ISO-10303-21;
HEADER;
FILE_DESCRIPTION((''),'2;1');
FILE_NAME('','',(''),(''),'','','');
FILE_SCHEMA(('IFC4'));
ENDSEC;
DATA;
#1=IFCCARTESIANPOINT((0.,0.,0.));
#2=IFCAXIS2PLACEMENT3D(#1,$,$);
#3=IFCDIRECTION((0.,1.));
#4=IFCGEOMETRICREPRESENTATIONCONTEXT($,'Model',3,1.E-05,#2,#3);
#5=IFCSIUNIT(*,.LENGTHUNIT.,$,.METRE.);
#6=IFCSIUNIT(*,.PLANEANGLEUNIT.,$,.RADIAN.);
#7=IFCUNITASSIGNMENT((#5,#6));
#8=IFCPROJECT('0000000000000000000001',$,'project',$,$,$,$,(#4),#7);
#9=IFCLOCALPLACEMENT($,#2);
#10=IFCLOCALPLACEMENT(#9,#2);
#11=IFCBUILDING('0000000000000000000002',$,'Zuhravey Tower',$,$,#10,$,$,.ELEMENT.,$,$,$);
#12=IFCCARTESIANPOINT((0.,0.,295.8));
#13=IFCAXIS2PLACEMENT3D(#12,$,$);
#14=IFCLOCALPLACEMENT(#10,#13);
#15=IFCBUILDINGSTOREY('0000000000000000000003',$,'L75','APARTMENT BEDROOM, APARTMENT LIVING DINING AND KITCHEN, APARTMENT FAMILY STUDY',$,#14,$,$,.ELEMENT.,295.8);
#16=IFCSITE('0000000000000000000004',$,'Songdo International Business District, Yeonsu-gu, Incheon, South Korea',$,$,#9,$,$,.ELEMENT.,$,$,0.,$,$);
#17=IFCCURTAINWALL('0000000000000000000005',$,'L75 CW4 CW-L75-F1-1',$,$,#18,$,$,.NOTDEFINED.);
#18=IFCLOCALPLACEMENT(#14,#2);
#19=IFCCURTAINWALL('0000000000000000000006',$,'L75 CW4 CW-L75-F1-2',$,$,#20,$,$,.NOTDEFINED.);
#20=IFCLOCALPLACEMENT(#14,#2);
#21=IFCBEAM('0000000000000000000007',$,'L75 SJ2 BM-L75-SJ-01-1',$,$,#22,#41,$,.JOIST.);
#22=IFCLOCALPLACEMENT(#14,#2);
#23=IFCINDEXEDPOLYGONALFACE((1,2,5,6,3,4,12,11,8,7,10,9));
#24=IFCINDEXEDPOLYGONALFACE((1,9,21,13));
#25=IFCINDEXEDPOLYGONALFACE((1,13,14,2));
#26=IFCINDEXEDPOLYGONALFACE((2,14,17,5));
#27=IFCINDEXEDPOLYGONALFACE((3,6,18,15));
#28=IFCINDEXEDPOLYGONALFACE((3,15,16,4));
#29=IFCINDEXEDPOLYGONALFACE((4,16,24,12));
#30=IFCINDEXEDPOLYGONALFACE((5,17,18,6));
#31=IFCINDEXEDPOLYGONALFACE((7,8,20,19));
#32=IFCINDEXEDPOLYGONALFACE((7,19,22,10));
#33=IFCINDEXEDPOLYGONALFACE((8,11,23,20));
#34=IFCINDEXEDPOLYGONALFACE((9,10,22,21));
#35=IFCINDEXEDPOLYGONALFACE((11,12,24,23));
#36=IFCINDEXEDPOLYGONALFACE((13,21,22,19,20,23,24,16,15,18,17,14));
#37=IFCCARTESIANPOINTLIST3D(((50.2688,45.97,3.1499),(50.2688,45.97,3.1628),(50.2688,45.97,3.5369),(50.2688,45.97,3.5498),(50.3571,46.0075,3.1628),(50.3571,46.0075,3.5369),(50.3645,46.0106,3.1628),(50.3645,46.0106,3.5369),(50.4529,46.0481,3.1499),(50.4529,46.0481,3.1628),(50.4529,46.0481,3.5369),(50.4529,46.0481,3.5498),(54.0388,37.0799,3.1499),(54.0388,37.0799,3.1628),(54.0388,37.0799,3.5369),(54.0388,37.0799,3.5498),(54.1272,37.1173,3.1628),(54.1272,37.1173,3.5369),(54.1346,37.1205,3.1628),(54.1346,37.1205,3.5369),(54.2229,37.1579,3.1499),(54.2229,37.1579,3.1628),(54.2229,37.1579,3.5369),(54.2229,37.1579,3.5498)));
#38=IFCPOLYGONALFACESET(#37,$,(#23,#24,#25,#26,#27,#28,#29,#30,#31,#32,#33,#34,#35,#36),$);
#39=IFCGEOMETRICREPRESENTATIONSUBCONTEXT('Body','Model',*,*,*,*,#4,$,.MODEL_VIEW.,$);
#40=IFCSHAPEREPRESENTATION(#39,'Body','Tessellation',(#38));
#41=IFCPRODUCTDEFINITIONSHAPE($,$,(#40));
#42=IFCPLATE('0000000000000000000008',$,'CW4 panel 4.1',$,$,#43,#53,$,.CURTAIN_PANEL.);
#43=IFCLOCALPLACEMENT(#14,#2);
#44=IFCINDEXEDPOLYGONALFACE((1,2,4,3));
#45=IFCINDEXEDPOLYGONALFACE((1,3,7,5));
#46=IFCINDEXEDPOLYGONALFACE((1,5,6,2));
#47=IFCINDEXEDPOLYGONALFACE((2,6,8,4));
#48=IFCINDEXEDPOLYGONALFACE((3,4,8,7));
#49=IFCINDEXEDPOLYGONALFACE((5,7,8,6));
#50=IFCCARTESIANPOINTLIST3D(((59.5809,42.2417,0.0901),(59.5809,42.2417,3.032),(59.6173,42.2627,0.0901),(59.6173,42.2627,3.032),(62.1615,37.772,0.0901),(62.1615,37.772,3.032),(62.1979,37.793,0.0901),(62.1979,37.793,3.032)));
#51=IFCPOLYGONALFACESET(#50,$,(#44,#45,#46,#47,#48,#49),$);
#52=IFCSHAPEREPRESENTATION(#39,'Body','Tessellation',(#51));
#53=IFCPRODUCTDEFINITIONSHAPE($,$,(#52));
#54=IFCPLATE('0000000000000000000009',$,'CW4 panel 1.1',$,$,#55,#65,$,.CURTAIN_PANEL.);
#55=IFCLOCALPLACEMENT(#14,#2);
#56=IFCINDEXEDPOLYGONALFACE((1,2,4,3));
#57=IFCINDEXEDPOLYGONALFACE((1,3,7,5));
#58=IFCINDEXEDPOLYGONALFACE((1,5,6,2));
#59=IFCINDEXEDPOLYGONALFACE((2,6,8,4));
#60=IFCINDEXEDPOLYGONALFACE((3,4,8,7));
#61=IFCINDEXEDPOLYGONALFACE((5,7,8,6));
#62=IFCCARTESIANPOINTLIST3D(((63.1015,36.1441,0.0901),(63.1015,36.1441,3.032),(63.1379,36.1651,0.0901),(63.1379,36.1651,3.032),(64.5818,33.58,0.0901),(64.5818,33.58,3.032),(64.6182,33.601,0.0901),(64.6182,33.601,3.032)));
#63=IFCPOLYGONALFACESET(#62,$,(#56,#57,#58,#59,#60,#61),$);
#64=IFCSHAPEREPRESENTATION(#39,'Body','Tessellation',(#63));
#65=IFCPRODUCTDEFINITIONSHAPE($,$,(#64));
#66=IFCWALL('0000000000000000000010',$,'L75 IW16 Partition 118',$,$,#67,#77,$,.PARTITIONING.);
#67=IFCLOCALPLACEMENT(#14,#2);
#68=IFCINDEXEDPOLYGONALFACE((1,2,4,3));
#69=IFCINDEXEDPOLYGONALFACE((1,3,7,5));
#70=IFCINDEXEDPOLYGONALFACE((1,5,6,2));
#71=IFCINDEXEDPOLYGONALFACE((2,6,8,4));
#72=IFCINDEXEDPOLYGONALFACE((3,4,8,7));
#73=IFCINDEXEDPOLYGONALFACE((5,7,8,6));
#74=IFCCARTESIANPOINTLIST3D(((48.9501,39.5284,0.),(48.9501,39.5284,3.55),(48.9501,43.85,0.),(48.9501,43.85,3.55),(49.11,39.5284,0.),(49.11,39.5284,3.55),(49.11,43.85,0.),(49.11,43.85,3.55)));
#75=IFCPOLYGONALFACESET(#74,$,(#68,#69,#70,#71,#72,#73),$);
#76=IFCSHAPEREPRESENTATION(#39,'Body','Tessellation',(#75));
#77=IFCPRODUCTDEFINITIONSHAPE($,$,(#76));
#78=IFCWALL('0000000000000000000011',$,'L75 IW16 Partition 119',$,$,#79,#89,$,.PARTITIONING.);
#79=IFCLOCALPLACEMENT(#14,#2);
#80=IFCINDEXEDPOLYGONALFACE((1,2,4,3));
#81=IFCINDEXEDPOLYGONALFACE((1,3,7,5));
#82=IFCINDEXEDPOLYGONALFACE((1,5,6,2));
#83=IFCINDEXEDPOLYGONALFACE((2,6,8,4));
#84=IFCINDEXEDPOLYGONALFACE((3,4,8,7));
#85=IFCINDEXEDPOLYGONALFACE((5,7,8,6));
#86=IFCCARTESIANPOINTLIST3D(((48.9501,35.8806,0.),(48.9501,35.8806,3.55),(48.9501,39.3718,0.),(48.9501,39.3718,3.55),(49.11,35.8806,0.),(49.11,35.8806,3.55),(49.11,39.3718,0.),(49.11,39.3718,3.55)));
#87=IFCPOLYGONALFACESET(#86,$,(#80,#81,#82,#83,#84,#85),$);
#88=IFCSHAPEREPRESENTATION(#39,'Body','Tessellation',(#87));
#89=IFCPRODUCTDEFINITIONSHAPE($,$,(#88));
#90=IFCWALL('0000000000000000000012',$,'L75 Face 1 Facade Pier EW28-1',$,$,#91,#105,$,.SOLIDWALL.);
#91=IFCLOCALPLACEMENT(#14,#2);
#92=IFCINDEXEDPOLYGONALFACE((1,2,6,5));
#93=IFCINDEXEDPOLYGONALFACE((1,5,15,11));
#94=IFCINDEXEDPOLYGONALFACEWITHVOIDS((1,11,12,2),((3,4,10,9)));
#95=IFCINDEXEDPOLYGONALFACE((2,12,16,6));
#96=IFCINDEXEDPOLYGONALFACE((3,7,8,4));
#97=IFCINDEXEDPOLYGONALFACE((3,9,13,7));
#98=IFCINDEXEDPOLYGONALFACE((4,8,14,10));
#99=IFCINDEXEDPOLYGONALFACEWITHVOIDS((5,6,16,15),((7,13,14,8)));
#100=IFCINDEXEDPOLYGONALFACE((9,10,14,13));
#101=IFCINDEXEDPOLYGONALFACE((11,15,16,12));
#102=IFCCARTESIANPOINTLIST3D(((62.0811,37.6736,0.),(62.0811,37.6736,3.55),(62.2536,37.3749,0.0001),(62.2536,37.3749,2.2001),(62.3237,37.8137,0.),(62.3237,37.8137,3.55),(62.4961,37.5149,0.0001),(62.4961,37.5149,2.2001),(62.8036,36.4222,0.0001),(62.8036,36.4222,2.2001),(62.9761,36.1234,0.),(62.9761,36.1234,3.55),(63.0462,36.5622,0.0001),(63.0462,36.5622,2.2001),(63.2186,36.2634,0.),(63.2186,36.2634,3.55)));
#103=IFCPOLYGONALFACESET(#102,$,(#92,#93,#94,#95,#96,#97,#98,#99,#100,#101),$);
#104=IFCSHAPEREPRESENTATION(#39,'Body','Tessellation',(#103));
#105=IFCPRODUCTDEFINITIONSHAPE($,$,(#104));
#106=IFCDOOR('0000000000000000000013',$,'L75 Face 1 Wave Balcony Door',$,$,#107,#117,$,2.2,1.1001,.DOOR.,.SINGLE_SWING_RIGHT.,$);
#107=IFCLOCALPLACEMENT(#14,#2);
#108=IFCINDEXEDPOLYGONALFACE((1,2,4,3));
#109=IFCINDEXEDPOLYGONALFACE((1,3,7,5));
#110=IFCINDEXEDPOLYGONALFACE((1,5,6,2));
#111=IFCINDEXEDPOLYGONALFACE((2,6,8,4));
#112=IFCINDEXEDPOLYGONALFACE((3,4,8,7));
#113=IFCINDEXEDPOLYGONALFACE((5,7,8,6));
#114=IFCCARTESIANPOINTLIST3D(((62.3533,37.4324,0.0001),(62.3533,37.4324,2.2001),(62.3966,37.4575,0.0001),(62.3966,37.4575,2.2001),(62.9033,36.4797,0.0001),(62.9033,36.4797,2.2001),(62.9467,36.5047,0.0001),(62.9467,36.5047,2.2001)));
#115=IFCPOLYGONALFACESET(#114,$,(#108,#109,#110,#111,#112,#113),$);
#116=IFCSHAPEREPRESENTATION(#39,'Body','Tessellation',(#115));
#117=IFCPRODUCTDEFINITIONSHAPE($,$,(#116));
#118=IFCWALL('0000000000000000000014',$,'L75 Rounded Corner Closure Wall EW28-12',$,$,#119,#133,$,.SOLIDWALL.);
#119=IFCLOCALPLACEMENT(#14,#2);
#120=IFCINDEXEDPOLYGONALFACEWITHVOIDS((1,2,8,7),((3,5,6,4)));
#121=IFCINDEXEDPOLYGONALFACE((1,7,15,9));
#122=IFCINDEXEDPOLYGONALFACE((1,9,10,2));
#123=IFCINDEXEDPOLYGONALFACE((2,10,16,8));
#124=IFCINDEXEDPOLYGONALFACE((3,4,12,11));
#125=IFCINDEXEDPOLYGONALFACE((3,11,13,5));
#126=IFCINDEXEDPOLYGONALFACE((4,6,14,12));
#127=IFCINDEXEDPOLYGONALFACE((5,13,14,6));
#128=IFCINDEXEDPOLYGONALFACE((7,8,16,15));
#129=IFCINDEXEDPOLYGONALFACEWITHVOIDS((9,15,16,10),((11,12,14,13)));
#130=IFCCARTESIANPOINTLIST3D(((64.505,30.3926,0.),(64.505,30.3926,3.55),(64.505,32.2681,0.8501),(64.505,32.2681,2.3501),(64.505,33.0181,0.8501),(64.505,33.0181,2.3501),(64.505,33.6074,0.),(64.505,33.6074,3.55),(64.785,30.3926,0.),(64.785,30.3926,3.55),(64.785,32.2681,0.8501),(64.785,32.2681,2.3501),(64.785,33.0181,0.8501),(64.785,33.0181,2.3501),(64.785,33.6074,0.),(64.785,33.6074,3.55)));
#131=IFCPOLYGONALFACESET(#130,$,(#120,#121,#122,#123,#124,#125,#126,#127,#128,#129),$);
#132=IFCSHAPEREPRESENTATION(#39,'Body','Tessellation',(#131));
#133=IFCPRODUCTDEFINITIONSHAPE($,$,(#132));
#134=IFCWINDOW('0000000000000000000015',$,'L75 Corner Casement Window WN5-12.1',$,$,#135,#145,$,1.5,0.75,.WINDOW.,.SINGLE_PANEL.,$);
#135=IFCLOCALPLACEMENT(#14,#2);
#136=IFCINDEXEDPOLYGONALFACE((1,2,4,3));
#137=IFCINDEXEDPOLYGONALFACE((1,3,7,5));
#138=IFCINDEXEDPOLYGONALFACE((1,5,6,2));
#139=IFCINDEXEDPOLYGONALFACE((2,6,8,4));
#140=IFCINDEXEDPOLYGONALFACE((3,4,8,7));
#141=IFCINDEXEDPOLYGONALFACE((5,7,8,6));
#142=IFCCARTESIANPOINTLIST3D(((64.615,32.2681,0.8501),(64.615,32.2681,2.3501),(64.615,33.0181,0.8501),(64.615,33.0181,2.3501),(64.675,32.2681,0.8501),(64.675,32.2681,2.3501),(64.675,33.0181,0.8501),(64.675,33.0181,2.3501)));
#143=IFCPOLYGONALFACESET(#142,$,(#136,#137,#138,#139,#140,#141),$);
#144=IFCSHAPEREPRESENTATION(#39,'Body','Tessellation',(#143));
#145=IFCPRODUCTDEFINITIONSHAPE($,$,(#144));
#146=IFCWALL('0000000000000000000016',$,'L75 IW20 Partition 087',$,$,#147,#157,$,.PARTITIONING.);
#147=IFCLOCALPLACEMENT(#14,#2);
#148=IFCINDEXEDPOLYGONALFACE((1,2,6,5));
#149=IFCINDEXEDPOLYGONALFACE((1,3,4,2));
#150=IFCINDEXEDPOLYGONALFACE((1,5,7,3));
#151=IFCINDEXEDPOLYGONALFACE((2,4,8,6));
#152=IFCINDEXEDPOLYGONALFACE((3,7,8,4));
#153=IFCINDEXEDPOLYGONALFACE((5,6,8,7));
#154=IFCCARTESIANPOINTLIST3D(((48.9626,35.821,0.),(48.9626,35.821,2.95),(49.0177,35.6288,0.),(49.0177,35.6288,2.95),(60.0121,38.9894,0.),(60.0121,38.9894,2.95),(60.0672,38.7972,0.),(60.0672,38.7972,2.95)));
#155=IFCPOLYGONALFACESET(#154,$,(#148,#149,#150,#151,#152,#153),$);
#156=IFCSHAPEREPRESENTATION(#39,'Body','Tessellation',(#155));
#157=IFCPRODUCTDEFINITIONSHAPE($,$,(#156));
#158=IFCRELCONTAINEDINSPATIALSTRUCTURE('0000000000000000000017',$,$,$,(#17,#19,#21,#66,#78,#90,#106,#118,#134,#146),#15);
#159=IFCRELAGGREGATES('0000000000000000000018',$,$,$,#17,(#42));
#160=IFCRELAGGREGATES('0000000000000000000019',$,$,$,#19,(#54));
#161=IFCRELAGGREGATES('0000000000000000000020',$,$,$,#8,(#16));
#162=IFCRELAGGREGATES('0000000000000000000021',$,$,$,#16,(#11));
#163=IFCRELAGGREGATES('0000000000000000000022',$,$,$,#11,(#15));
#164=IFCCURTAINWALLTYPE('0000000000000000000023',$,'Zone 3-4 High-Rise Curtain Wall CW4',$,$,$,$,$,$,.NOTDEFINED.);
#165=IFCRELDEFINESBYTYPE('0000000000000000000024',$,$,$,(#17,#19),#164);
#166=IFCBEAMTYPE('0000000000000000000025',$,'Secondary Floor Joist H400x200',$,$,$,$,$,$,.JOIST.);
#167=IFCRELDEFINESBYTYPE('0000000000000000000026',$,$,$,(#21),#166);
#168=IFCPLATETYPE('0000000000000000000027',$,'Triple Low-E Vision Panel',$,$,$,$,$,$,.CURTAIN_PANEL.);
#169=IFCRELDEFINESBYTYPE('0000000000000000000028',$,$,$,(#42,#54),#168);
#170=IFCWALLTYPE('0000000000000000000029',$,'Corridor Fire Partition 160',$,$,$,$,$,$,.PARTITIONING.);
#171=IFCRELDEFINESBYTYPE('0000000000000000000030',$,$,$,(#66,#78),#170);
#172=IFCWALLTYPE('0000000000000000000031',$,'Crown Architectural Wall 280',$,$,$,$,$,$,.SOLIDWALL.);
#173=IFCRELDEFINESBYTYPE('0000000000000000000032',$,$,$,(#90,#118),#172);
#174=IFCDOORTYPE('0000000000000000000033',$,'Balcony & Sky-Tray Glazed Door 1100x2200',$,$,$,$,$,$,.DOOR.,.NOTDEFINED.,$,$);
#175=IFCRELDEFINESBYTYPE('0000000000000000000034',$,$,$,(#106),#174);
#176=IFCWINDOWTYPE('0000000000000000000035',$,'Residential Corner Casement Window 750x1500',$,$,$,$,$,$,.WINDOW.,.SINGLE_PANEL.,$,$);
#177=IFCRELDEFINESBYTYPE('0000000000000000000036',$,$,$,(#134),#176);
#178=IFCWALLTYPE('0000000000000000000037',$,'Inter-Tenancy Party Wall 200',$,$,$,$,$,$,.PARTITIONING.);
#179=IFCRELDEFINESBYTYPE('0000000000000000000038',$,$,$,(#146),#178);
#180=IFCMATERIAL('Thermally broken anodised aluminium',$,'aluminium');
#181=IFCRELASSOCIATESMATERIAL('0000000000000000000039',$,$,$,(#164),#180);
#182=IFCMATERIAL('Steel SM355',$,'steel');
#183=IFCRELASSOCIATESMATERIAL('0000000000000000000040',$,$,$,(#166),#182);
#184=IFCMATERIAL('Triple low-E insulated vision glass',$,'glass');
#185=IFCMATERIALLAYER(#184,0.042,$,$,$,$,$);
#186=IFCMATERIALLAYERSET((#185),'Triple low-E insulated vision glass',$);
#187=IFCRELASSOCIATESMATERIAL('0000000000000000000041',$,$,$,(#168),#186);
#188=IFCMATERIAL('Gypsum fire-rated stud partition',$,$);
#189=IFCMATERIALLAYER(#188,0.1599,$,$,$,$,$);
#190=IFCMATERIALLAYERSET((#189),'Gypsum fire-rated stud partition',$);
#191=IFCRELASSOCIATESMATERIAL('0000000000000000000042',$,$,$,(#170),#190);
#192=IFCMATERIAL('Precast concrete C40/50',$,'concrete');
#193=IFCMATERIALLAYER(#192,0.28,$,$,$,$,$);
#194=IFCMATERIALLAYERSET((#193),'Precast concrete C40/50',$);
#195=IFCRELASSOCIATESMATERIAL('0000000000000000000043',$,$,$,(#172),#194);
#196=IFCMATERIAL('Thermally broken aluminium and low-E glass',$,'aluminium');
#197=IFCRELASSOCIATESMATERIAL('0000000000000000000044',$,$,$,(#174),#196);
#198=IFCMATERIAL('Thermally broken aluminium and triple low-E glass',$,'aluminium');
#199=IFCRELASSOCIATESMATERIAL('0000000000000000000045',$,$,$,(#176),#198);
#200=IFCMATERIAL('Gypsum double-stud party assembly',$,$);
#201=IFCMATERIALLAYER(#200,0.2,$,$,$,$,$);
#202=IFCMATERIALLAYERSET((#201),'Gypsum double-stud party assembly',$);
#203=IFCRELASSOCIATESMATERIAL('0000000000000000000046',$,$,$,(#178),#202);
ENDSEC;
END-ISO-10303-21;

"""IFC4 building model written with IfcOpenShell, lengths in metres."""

from ifc_helpers import new_model, si_unit, direction, frame, frame_2d, origin, origin_2d, place, context, subcontext, project, spatial, rectangle, i_section, extrude, material, layer, layer_set, material_profile, profile_set, type_object, element, fill, aggregate, save


model = new_model("IFC4")

# Units and contexts
model_context = context("Model", 3, precision=1e-05, world=origin(), true_north=direction((0.0, 1.0)))
body_context = subcontext(model_context, "Body", "Model", "MODEL_VIEW")
ifc_project = project(units=[si_unit("LENGTHUNIT", "METRE"), si_unit("PLANEANGLEUNIT", "RADIAN")], contexts=[model_context])

# Site, building, storey
site_placement = place(None, origin())
site = spatial("IfcSite", under=ifc_project, at=site_placement, Name="Songdo International Business District, Yeonsu-gu, Incheon, South Korea", CompositionType="ELEMENT", RefElevation=0.0)
building_placement = place(site_placement, origin())
building = spatial("IfcBuilding", under=site, at=building_placement, Name="Zuhravey Tower", CompositionType="ELEMENT")
storey_placement = place(building_placement, frame((0.0, 0.0, 295.8)))
storey = spatial("IfcBuildingStorey", under=building, at=storey_placement, Name="L75", Description="APARTMENT BEDROOM, APARTMENT LIVING DINING AND KITCHEN, APARTMENT FAMILY STUDY", CompositionType="ELEMENT", Elevation=295.8)

# Curtain wall
ifc_material_1 = material(Name="Thermally broken anodised aluminium", Category="aluminium")
curtain_wall_type = type_object("IfcCurtainWallType", Name="Zone 3-4 High-Rise Curtain Wall CW4", PredefinedType="NOTDEFINED", material=ifc_material_1)
curtain_wall_1_placement = place(storey_placement, origin())
curtain_wall_1 = element("IfcCurtainWall", 1, at=curtain_wall_1_placement, inside=storey, type_object=curtain_wall_type, Name="L75 CW4 CW-L75-F1-1", PredefinedType="NOTDEFINED")

# Curtain wall
curtain_wall_2_placement = place(storey_placement, origin())
curtain_wall_2 = element("IfcCurtainWall", 2, at=curtain_wall_2_placement, inside=storey, type_object=curtain_wall_type, Name="L75 CW4 CW-L75-F1-2", PredefinedType="NOTDEFINED")

# Beam
ifc_material_2 = material(Name="Steel SM355", Category="steel")
ifc_material_profile_1 = material_profile(ifc_material_2, i_section(OverallWidth=0.2, OverallDepth=0.3999, WebThickness=0.0081, FlangeThickness=0.0129, at=origin_2d()), Name="H-400x200x8x13")
ifc_profile_set_1 = profile_set([ifc_material_profile_1], Name="Steel SM355")
beam_type_1 = type_object("IfcBeamType", Name="Secondary Floor Joist H400x200", PredefinedType="JOIST", material=ifc_profile_set_1)
beam_1_placement = place(storey_placement, frame((54.1309, 37.1189, 3.3499), z_axis=(-0.390413, 0.92064, 0.0), x_axis=(-0.92064, -0.390413, 0.0)))
element("IfcBeam", 3, at=beam_1_placement, inside=storey, type_object=beam_type_1, Name="L75 SJ2 BM-L75-SJ-01-1", PredefinedType="JOIST", context=body_context, shape_type="SweptSolid", body=[
    extrude(i_section(OverallWidth=0.2, OverallDepth=0.3999, WebThickness=0.0081, FlangeThickness=0.0129, at=origin_2d()), origin(), (0.0, 0.0, 1.0), 9.6565),
])

# Plates
ifc_material_3 = material(Name="Triple low-E insulated vision glass", Category="glass")
ifc_layer_1 = layer(ifc_material_3, 0.042)
ifc_layer_set_1 = layer_set([ifc_layer_1], Name="Triple low-E insulated vision glass")
plate_type = type_object("IfcPlateType", Name="Triple Low-E Vision Panel", PredefinedType="CURTAIN_PANEL", material=ifc_layer_set_1)
plate_1_placement = place(storey_placement, frame((60.8894, 40.0173, 0.0901), z_axis=(0.0, 0.0, 1.0), x_axis=(0.500002, -0.866025, 0.0)))
plate_1 = element("IfcPlate", 4, at=plate_1_placement, type_object=plate_type, Name="CW4 panel 4.1", PredefinedType="CURTAIN_PANEL", context=body_context, shape_type="SweptSolid", body=[
    extrude(rectangle(XDim=5.1611, YDim=0.042, at=origin_2d()), origin(), (0.0, 0.0, 1.0), 2.9419),
])
aggregate(curtain_wall_1, [plate_1])
plate_2_placement = place(storey_placement, frame((63.8599, 34.8726, 0.0901), z_axis=(0.0, 0.0, 1.0), x_axis=(0.499992, -0.86603, 0.0)))
plate_2 = element("IfcPlate", 5, at=plate_2_placement, type_object=plate_type, Name="CW4 panel 1.1", PredefinedType="CURTAIN_PANEL", context=body_context, shape_type="SweptSolid", body=[
    extrude(rectangle(XDim=2.9607, YDim=0.042, at=origin_2d()), origin(), (0.0, 0.0, 1.0), 2.9419),
])
aggregate(curtain_wall_2, [plate_2])

# Walls
ifc_material_4 = material(Name="Gypsum fire-rated stud partition")
ifc_layer_2 = layer(ifc_material_4, 0.1599)
ifc_layer_set_2 = layer_set([ifc_layer_2], Name="Gypsum fire-rated stud partition")
wall_type_1 = type_object("IfcWallType", Name="Corridor Fire Partition 160", PredefinedType="PARTITIONING", material=ifc_layer_set_2)
wall_1_placement = place(storey_placement, frame((49.03, 39.5286, 0.0), z_axis=(0.0, 0.0, 1.0), x_axis=(0.0, 1.0, 0.0)))
element("IfcWall", 6, at=wall_1_placement, inside=storey, type_object=wall_type_1, Name="L75 IW16 Partition 118", PredefinedType="PARTITIONING", context=body_context, shape_type="SweptSolid", body=[
    extrude(rectangle(XDim=4.3215, YDim=0.1599, at=frame_2d((2.1606, 0.0))), origin(), (0.0, 0.0, 1.0), 3.55),
])
wall_2_placement = place(storey_placement, frame((49.03, 35.8806, 0.0), z_axis=(0.0, 0.0, 1.0), x_axis=(0.0, 1.0, 0.0)))
element("IfcWall", 7, at=wall_2_placement, inside=storey, type_object=wall_type_1, Name="L75 IW16 Partition 119", PredefinedType="PARTITIONING", context=body_context, shape_type="SweptSolid", body=[
    extrude(rectangle(XDim=3.4912, YDim=0.1599, at=frame_2d((1.7456, 0.0))), origin(), (0.0, 0.0, 1.0), 3.55),
])

# Wall, opening, door
ifc_material_5 = material(Name="Precast concrete C40/50", Category="concrete")
ifc_layer_3 = layer(ifc_material_5, 0.28)
ifc_layer_set_3 = layer_set([ifc_layer_3], Name="Precast concrete C40/50")
wall_type_2 = type_object("IfcWallType", Name="Crown Architectural Wall 280", PredefinedType="SOLIDWALL", material=ifc_layer_set_3)
wall_3_placement = place(storey_placement, frame((62.2024, 37.7437, 0.0), z_axis=(0.0, 0.0, 1.0), x_axis=(0.499982, -0.866036, 0.0)))
wall_3 = element("IfcWall", 8, at=wall_3_placement, inside=storey, type_object=wall_type_2, Name="L75 Face 1 Facade Pier EW28-1", PredefinedType="SOLIDWALL", context=body_context, shape_type="SweptSolid", body=[
    extrude(rectangle(XDim=1.79, YDim=0.28, at=frame_2d((0.895, 0.0))), origin(), (0.0, 0.0, 1.0), 3.55),
])
opening_1_placement = place(wall_3_placement, frame((0.345, 0.0, 0.0)))
opening_1 = element("IfcOpeningElement", 9, at=opening_1_placement, cuts=wall_3, PredefinedType="OPENING", context=body_context, shape_type="SweptSolid", body=[
    extrude(rectangle(XDim=1.1001, YDim=2.2, at=frame_2d((0.55, 1.1001))), frame((0.0, 0.1521, 0.0), z_axis=(0.0, -1.0, 0.0), x_axis=(1.0, 0.0, 0.0)), (0.0, 0.0, 1.0), 0.304),
])
ifc_material_6 = material(Name="Thermally broken aluminium and low-E glass", Category="aluminium")
door_type_1 = type_object("IfcDoorType", Name="Balcony & Sky-Tray Glazed Door 1100x2200", OperationType="NOTDEFINED", PredefinedType="DOOR", material=ifc_material_6)
door_1_placement = place(opening_1_placement, frame((1.1001, 0.0, 0.0), z_axis=(0.0, 0.0, 1.0), x_axis=(-1.0, 0.0, 0.0)))
door_1 = element("IfcDoor", 10, at=door_1_placement, inside=storey, type_object=door_type_1, Name="L75 Face 1 Wave Balcony Door", OperationType="SINGLE_SWING_RIGHT", OverallHeight=2.2, OverallWidth=1.1001, PredefinedType="DOOR", context=body_context, shape_type="SweptSolid", body=[
    extrude(rectangle(XDim=1.1001, YDim=2.2, at=frame_2d((0.55, 1.1001))), frame((0.0, 0.0249, 0.0), z_axis=(0.0, -1.0, 0.0), x_axis=(1.0, 0.0, 0.0)), (0.0, 0.0, 1.0), 0.05),
])
fill(opening_1, door_1)

# Wall, opening, window
wall_4_placement = place(storey_placement, frame((64.645, 33.6074, 0.0), z_axis=(0.0, 0.0, 1.0), x_axis=(0.0, -1.0, 0.0)))
wall_4 = element("IfcWall", 11, at=wall_4_placement, inside=storey, type_object=wall_type_2, Name="L75 Rounded Corner Closure Wall EW28-12", PredefinedType="SOLIDWALL", context=body_context, shape_type="SweptSolid", body=[
    extrude(rectangle(XDim=3.2148, YDim=0.28, at=frame_2d((1.6074, 0.0))), origin(), (0.0, 0.0, 1.0), 3.55),
])
opening_2_placement = place(wall_4_placement, frame((0.5894, 0.0, 0.8501)))
opening_2 = element("IfcOpeningElement", 12, at=opening_2_placement, cuts=wall_4, PredefinedType="OPENING", context=body_context, shape_type="SweptSolid", body=[
    extrude(rectangle(XDim=0.75, YDim=1.5, at=frame_2d((0.375, 0.75))), frame((0.0, 0.1521, 0.0), z_axis=(0.0, -1.0, 0.0), x_axis=(1.0, 0.0, 0.0)), (0.0, 0.0, 1.0), 0.304),
])
ifc_material_7 = material(Name="Thermally broken aluminium and triple low-E glass", Category="aluminium")
window_type = type_object("IfcWindowType", Name="Residential Corner Casement Window 750x1500", PartitioningType="SINGLE_PANEL", PredefinedType="WINDOW", material=ifc_material_7)
window_placement = place(opening_2_placement, origin())
window = element("IfcWindow", 13, at=window_placement, inside=storey, type_object=window_type, Name="L75 Corner Casement Window WN5-12.1", OverallHeight=1.5, OverallWidth=0.75, PartitioningType="SINGLE_PANEL", PredefinedType="WINDOW", context=body_context, shape_type="SweptSolid", body=[
    extrude(rectangle(XDim=0.75, YDim=1.5, at=frame_2d((0.375, 0.75))), frame((0.0, 0.03, 0.0), z_axis=(0.0, -1.0, 0.0), x_axis=(1.0, 0.0, 0.0)), (0.0, 0.0, 1.0), 0.0601),
])
fill(opening_2, window)

# Wall
ifc_material_8 = material(Name="Gypsum double-stud party assembly")
ifc_layer_4 = layer(ifc_material_8, 0.2)
ifc_layer_set_4 = layer_set([ifc_layer_4], Name="Gypsum double-stud party assembly")
wall_type_3 = type_object("IfcWallType", Name="Inter-Tenancy Party Wall 200", PredefinedType="PARTITIONING", material=ifc_layer_set_4)
wall_5_placement = place(storey_placement, frame((48.99, 35.7249, 0.0), z_axis=(0.0, 0.0, 1.0), x_axis=(0.961261, 0.275641, 0.0)))
element("IfcWall", 14, at=wall_5_placement, inside=storey, type_object=wall_type_3, Name="L75 IW20 Partition 087", PredefinedType="PARTITIONING", context=body_context, shape_type="SweptSolid", body=[
    extrude(rectangle(XDim=11.4949, YDim=0.2, at=frame_2d((5.7476, 0.0))), origin(), (0.0, 0.0, 1.0), 2.95),
])

save(model, "model.ifc")
